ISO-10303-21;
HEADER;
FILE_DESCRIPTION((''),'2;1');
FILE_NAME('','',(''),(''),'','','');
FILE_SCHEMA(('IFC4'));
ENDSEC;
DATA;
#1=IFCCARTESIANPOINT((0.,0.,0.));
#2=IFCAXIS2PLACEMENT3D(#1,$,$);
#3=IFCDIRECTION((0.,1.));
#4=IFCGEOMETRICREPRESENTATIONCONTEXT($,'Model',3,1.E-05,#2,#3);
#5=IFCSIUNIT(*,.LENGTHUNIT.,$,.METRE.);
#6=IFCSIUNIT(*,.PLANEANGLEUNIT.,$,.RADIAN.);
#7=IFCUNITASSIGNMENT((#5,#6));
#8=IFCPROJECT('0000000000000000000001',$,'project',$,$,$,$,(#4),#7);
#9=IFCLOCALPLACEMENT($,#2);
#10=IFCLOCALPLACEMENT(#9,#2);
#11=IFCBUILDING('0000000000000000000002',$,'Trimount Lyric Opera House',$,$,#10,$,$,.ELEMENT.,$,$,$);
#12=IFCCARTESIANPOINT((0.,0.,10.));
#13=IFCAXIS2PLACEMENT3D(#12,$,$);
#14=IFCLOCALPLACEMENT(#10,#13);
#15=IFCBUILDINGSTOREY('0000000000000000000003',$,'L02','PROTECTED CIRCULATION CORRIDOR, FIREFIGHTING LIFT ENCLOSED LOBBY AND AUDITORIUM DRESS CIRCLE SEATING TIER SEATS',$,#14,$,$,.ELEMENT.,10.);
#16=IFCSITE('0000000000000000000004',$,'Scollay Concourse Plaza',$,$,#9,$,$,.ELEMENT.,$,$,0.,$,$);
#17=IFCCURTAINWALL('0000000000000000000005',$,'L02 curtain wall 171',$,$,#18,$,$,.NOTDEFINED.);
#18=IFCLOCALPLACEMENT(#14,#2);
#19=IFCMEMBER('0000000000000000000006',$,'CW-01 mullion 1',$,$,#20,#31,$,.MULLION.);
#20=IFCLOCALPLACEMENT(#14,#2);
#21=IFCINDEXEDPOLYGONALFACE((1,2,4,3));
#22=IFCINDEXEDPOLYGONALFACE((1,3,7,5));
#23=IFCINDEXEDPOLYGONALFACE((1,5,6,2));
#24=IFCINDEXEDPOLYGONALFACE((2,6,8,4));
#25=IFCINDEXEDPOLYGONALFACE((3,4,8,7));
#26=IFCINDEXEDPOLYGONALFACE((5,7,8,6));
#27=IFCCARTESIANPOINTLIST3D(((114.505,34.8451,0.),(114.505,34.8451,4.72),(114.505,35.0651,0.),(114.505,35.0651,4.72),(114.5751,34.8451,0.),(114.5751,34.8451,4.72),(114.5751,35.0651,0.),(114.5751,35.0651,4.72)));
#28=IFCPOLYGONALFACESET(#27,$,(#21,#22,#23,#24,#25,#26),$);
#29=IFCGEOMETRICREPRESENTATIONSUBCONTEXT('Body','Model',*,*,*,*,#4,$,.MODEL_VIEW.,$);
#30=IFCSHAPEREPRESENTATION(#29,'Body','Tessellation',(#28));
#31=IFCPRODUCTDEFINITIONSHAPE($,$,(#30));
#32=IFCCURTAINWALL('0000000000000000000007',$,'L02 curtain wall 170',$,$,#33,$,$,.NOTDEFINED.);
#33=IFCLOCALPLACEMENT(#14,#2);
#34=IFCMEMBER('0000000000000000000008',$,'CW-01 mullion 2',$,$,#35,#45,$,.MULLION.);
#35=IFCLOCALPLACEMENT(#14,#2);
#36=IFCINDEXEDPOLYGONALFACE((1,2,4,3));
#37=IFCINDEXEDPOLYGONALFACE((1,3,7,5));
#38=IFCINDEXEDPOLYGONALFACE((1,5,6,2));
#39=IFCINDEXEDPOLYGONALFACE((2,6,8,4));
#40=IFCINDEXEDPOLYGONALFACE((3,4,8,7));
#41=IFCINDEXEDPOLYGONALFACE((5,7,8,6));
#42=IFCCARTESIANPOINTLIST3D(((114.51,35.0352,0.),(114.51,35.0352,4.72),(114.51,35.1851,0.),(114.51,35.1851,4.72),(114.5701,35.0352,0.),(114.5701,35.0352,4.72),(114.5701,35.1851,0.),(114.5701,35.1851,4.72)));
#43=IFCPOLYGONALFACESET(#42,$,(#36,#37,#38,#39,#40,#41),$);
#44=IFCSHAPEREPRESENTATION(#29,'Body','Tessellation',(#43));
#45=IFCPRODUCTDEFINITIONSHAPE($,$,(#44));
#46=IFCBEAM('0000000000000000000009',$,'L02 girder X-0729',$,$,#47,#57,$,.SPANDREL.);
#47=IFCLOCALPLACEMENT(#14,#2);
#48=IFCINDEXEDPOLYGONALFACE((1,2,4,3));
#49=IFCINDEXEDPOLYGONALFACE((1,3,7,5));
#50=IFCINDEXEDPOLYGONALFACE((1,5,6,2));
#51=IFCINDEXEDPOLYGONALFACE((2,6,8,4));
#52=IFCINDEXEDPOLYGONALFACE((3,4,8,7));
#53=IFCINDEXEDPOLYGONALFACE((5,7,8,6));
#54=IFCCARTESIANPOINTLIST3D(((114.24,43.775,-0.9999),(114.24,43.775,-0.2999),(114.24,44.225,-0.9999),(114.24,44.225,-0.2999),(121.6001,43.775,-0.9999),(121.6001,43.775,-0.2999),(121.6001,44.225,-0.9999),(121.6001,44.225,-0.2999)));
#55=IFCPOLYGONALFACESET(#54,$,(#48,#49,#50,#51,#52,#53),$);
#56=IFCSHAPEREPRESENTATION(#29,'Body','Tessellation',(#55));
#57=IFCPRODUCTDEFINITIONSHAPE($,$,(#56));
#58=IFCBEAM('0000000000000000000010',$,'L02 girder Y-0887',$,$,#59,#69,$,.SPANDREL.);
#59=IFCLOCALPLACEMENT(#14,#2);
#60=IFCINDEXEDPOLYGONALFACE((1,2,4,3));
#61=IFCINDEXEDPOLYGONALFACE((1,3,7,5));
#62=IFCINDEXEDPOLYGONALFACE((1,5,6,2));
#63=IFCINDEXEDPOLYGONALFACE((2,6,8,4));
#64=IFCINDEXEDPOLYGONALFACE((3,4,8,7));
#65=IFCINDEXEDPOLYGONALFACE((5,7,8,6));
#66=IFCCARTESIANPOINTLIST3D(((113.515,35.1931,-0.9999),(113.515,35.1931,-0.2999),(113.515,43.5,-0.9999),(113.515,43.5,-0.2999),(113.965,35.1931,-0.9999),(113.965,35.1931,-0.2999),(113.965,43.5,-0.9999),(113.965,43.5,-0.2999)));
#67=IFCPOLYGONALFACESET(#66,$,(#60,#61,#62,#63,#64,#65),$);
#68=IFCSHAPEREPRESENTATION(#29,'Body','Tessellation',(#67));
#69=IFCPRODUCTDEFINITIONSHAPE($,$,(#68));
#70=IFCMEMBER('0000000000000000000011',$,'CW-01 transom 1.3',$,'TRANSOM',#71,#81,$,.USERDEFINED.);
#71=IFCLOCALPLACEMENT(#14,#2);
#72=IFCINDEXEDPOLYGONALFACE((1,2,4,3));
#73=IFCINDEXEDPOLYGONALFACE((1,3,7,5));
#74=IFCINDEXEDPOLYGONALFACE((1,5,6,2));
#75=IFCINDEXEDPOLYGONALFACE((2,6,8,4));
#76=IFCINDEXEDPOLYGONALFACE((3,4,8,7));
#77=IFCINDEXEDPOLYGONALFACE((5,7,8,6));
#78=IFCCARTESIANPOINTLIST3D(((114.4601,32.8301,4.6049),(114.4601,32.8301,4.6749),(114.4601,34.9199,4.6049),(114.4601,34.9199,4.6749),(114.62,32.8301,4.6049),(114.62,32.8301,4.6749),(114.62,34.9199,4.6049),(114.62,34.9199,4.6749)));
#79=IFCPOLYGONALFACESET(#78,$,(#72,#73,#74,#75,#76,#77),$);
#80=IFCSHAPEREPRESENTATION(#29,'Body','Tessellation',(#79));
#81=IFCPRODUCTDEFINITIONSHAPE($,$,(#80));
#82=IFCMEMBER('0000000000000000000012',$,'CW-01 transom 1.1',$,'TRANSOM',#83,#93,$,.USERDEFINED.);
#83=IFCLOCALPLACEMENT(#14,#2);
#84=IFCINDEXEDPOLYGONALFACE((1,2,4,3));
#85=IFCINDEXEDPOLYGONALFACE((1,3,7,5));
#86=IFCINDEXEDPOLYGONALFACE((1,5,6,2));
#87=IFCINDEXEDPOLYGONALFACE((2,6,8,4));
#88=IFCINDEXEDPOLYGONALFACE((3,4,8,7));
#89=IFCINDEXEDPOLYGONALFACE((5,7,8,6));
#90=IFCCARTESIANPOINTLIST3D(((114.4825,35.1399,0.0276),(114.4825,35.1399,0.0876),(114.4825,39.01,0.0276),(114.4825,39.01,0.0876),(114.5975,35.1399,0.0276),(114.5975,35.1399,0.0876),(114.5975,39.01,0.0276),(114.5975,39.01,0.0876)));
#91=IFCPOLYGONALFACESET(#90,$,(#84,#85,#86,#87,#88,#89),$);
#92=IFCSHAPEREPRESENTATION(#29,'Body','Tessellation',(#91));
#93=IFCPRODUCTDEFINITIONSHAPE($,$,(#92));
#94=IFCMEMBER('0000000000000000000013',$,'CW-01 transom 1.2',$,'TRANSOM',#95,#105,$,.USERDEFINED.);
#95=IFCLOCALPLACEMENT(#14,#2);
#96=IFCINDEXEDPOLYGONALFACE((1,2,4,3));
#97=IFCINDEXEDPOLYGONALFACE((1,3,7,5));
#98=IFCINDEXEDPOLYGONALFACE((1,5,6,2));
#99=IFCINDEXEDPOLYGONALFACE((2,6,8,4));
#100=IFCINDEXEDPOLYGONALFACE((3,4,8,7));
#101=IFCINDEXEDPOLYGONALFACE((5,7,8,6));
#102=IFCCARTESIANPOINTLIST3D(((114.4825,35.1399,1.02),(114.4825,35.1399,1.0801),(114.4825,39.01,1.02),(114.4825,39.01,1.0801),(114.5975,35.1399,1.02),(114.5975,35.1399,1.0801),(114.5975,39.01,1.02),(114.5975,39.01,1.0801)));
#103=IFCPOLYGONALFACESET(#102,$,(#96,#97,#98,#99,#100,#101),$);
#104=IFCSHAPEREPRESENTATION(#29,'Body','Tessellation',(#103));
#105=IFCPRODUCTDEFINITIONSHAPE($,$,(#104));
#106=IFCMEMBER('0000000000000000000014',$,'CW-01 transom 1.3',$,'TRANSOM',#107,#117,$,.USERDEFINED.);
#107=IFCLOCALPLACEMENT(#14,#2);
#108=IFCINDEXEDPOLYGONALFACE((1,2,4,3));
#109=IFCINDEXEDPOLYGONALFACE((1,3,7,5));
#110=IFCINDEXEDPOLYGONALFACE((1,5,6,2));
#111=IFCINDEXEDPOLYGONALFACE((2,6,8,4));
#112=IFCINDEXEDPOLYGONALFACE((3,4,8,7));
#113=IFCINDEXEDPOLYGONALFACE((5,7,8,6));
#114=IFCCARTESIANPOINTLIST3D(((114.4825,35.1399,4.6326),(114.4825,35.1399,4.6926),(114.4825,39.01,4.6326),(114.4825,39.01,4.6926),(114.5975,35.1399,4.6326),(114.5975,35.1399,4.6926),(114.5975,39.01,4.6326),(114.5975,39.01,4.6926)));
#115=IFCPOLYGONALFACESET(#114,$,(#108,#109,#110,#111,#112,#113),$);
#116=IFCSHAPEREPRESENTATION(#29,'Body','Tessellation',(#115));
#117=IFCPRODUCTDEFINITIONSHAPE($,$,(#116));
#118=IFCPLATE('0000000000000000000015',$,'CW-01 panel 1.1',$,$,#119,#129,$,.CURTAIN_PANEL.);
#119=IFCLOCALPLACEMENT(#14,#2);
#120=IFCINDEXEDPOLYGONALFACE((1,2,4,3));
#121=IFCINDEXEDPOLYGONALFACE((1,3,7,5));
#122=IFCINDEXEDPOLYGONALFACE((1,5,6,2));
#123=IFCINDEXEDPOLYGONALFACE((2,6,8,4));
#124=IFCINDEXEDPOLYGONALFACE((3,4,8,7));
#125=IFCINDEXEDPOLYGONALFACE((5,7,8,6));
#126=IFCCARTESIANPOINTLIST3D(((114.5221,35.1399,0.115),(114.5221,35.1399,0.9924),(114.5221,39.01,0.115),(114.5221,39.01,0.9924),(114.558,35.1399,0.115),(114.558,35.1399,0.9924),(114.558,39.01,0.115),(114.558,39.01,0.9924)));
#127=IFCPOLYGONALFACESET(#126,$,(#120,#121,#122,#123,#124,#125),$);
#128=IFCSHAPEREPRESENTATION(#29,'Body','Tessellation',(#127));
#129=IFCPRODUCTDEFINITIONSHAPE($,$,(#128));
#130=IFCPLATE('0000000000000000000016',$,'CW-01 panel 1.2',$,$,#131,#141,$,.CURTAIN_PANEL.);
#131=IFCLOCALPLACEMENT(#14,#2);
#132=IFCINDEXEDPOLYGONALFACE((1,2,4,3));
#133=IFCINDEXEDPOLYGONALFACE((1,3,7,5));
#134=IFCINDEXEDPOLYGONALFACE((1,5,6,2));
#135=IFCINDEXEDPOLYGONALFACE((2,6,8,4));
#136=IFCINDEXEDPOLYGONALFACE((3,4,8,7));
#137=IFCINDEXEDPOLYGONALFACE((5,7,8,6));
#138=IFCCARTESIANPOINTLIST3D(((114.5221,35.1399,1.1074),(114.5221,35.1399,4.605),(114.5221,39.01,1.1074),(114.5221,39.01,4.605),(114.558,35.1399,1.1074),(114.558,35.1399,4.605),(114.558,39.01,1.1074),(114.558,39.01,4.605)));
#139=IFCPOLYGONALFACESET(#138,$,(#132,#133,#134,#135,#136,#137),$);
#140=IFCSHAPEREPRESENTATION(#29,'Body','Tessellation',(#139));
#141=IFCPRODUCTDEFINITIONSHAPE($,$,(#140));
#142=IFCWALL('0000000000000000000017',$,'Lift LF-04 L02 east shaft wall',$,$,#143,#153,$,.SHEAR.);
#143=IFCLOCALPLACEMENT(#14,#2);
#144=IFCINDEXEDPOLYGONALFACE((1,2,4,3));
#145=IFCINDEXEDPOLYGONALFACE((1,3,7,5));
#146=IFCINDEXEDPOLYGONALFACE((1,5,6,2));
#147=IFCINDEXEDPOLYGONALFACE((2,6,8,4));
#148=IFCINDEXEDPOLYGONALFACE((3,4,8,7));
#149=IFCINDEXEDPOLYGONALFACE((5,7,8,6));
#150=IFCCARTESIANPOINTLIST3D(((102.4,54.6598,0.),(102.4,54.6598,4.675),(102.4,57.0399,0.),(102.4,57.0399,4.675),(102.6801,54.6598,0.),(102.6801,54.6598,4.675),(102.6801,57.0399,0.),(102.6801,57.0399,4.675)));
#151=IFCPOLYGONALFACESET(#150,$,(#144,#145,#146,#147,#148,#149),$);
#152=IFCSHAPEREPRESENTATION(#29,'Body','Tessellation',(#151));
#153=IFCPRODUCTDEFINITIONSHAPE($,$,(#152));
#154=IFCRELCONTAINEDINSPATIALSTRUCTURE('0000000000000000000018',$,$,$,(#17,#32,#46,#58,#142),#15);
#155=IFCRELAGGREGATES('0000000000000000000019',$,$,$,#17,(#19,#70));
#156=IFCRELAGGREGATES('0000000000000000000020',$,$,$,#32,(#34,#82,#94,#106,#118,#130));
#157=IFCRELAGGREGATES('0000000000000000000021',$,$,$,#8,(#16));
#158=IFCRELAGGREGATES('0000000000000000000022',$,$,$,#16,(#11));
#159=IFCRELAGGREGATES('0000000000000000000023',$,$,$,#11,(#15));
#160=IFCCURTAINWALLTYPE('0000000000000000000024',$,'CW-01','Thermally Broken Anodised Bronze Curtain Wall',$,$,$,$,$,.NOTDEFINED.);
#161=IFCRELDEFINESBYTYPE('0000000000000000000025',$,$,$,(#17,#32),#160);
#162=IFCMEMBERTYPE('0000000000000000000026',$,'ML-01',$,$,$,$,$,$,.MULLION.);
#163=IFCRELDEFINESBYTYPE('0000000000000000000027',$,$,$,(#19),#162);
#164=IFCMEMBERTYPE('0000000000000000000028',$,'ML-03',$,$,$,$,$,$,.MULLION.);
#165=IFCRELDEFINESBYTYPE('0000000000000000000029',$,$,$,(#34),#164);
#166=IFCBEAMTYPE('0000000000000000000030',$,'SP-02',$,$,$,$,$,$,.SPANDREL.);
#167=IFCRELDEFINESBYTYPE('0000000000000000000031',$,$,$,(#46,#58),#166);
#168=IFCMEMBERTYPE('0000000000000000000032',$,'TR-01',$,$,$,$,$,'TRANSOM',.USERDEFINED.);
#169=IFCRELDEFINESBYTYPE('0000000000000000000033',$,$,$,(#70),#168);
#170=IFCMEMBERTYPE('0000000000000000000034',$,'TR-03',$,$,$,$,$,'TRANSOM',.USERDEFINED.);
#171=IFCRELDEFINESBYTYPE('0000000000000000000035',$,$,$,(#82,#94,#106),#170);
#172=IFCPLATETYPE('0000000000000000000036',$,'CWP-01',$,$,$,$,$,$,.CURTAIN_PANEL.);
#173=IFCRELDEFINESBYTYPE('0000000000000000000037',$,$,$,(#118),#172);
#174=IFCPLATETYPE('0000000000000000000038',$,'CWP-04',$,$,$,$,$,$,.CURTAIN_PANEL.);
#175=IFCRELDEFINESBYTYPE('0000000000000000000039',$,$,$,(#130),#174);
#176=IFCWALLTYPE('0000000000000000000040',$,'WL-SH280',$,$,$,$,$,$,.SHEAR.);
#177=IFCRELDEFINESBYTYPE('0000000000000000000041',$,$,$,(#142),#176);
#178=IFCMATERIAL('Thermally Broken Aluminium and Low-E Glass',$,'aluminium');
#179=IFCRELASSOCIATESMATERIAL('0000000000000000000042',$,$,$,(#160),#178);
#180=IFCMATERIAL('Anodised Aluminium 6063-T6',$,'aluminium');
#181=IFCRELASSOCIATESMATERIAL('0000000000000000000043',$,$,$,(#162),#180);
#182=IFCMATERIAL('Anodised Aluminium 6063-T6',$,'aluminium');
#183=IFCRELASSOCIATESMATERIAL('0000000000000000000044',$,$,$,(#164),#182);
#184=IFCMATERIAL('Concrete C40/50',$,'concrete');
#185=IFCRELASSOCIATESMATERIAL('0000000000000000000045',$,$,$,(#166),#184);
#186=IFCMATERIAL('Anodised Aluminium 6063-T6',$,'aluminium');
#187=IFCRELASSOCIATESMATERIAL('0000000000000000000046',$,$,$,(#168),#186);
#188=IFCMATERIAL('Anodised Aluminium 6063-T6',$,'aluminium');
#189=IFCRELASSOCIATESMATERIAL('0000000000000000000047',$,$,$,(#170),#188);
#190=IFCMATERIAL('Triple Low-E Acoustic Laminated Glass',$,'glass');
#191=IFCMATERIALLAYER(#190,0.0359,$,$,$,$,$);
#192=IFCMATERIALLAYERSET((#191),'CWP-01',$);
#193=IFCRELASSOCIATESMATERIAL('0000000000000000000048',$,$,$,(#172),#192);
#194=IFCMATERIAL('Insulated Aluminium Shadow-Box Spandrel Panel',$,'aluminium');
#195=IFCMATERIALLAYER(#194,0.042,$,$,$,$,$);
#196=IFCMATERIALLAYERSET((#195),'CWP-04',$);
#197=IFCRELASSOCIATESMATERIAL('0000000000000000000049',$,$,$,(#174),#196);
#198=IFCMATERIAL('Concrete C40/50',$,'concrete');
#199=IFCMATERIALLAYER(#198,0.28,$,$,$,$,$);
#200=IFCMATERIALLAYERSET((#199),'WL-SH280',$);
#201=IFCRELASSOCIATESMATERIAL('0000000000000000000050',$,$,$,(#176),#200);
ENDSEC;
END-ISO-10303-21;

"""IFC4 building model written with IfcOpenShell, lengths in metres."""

from ifc_helpers import new_model, si_unit, direction, frame, frame_2d, origin, origin_2d, place, context, subcontext, project, spatial, rectangle, extrude, material, layer, layer_set, material_profile, profile_set, type_object, element, aggregate, save


model = new_model("IFC4")

# Units and contexts
model_context = context("Model", 3, precision=1e-05, world=origin(), true_north=direction((0.0, 1.0)))
body_context = subcontext(model_context, "Body", "Model", "MODEL_VIEW")
ifc_project = project(units=[si_unit("LENGTHUNIT", "METRE"), si_unit("PLANEANGLEUNIT", "RADIAN")], contexts=[model_context])

# Site, building, storey
site_placement = place(None, origin())
site = spatial("IfcSite", under=ifc_project, at=site_placement, Name="Scollay Concourse Plaza", CompositionType="ELEMENT", RefElevation=0.0)
building_placement = place(site_placement, origin())
building = spatial("IfcBuilding", under=site, at=building_placement, Name="Trimount Lyric Opera House", CompositionType="ELEMENT")
storey_placement = place(building_placement, frame((0.0, 0.0, 10.0)))
storey = spatial("IfcBuildingStorey", under=building, at=storey_placement, Name="L02", Description="PROTECTED CIRCULATION CORRIDOR, FIREFIGHTING LIFT ENCLOSED LOBBY AND AUDITORIUM DRESS CIRCLE SEATING TIER SEATS", CompositionType="ELEMENT", Elevation=10.0)

# Curtain walls, members
ifc_material_1 = material(Name="Thermally Broken Aluminium and Low-E Glass", Category="aluminium")
curtain_wall_type = type_object("IfcCurtainWallType", Name="CW-01", Description="Thermally Broken Anodised Bronze Curtain Wall", PredefinedType="NOTDEFINED", material=ifc_material_1)
curtain_wall_1_placement = place(storey_placement, origin())
curtain_wall_1 = element("IfcCurtainWall", 1, at=curtain_wall_1_placement, inside=storey, type_object=curtain_wall_type, Name="L02 curtain wall 171", PredefinedType="NOTDEFINED")
ifc_material_2 = material(Name="Anodised Aluminium 6063-T6", Category="aluminium")
ifc_material_profile_1 = material_profile(ifc_material_2, rectangle(XDim=0.0701, YDim=0.22, at=origin_2d()), Name="ALU-MULL-70X220")
ifc_profile_set_1 = profile_set([ifc_material_profile_1], Name="Anodised Aluminium 6063-T6")
member_type_1 = type_object("IfcMemberType", Name="ML-01", PredefinedType="MULLION", material=ifc_profile_set_1)
member_1_placement = place(storey_placement, frame((114.54, 34.9551, 0.0), z_axis=(0.0, 0.0, 1.0), x_axis=(1.0, 0.0, 0.0)))
member_1 = element("IfcMember", 2, at=member_1_placement, type_object=member_type_1, Name="CW-01 mullion 1", PredefinedType="MULLION", context=body_context, shape_type="SweptSolid", body=[
    extrude(rectangle(XDim=0.0701, YDim=0.22, at=origin_2d()), origin(), (0.0, 0.0, 1.0), 4.72),
])
curtain_wall_2_placement = place(storey_placement, origin())
curtain_wall_2 = element("IfcCurtainWall", 3, at=curtain_wall_2_placement, inside=storey, type_object=curtain_wall_type, Name="L02 curtain wall 170", PredefinedType="NOTDEFINED")
ifc_material_3 = material(Name="Anodised Aluminium 6063-T6", Category="aluminium")
ifc_material_profile_2 = material_profile(ifc_material_3, rectangle(XDim=0.0601, YDim=0.1499, at=origin_2d()), Name="ALU-MULL-60X150")
ifc_profile_set_2 = profile_set([ifc_material_profile_2], Name="Anodised Aluminium 6063-T6")
member_type_2 = type_object("IfcMemberType", Name="ML-03", PredefinedType="MULLION", material=ifc_profile_set_2)
member_2_placement = place(storey_placement, frame((114.54, 35.1101, 0.0), z_axis=(0.0, 0.0, 1.0), x_axis=(1.0, 0.0, 0.0)))
member_2 = element("IfcMember", 4, at=member_2_placement, type_object=member_type_2, Name="CW-01 mullion 2", PredefinedType="MULLION", context=body_context, shape_type="SweptSolid", body=[
    extrude(rectangle(XDim=0.0601, YDim=0.1499, at=origin_2d()), origin(), (0.0, 0.0, 1.0), 4.72),
])

# Beams
ifc_material_4 = material(Name="Concrete C40/50", Category="concrete")
ifc_material_profile_3 = material_profile(ifc_material_4, rectangle(XDim=0.45, YDim=0.7, at=origin_2d()), Name="RC450X700")
ifc_profile_set_3 = profile_set([ifc_material_profile_3], Name="Concrete C40/50")
beam_type_1 = type_object("IfcBeamType", Name="SP-02", PredefinedType="SPANDREL", material=ifc_profile_set_3)
beam_1_placement = place(storey_placement, frame((114.24, 44.0, -0.6499), z_axis=(1.0, 0.0, 0.0), x_axis=(0.0, 1.0, 0.0)))
element("IfcBeam", 5, at=beam_1_placement, inside=storey, type_object=beam_type_1, Name="L02 girder X-0729", PredefinedType="SPANDREL", context=body_context, shape_type="SweptSolid", body=[
    extrude(rectangle(XDim=0.45, YDim=0.7, at=origin_2d()), origin(), (0.0, 0.0, 1.0), 7.3601),
])
beam_2_placement = place(storey_placement, frame((113.74, 35.1931, -0.6499), z_axis=(0.0, 1.0, 0.0), x_axis=(-1.0, 0.0, 0.0)))
element("IfcBeam", 6, at=beam_2_placement, inside=storey, type_object=beam_type_1, Name="L02 girder Y-0887", PredefinedType="SPANDREL", context=body_context, shape_type="SweptSolid", body=[
    extrude(rectangle(XDim=0.45, YDim=0.7, at=origin_2d()), origin(), (0.0, 0.0, 1.0), 8.3069),
])

# Members
ifc_material_5 = material(Name="Anodised Aluminium 6063-T6", Category="aluminium")
ifc_material_profile_4 = material_profile(ifc_material_5, rectangle(XDim=0.1599, YDim=0.0701, at=origin_2d()), Name="ALU-TRAN-70X160")
ifc_profile_set_4 = profile_set([ifc_material_profile_4], Name="Anodised Aluminium 6063-T6")
member_type_3 = type_object("IfcMemberType", Name="TR-01", ElementType="TRANSOM", PredefinedType="USERDEFINED", material=ifc_profile_set_4)
member_3_placement = place(storey_placement, frame((114.54, 34.9199, 4.6399), z_axis=(0.0, -1.0, 0.0), x_axis=(1.0, 0.0, 0.0)))
member_3 = element("IfcMember", 7, at=member_3_placement, type_object=member_type_3, Name="CW-01 transom 1.3", ObjectType="TRANSOM", PredefinedType="USERDEFINED", context=body_context, shape_type="SweptSolid", body=[
    extrude(rectangle(XDim=0.1599, YDim=0.0701, at=origin_2d()), origin(), (0.0, 0.0, 1.0), 2.0898),
])
aggregate(curtain_wall_1, [member_1, member_3])
ifc_material_6 = material(Name="Anodised Aluminium 6063-T6", Category="aluminium")
ifc_material_profile_5 = material_profile(ifc_material_6, rectangle(XDim=0.115, YDim=0.0601, at=origin_2d()), Name="ALU-TRAN-60X115")
ifc_profile_set_5 = profile_set([ifc_material_profile_5], Name="Anodised Aluminium 6063-T6")
member_type_4 = type_object("IfcMemberType", Name="TR-03", ElementType="TRANSOM", PredefinedType="USERDEFINED", material=ifc_profile_set_5)
member_4_placement = place(storey_placement, frame((114.54, 39.01, 0.0576), z_axis=(0.0, -1.0, 0.0), x_axis=(1.0, 0.0, 0.0)))
member_4 = element("IfcMember", 8, at=member_4_placement, type_object=member_type_4, Name="CW-01 transom 1.1", ObjectType="TRANSOM", PredefinedType="USERDEFINED", context=body_context, shape_type="SweptSolid", body=[
    extrude(rectangle(XDim=0.115, YDim=0.0601, at=origin_2d()), origin(), (0.0, 0.0, 1.0), 3.8701),
])
member_5_placement = place(storey_placement, frame((114.54, 39.01, 1.05), z_axis=(0.0, -1.0, 0.0), x_axis=(1.0, 0.0, 0.0)))
member_5 = element("IfcMember", 9, at=member_5_placement, type_object=member_type_4, Name="CW-01 transom 1.2", ObjectType="TRANSOM", PredefinedType="USERDEFINED", context=body_context, shape_type="SweptSolid", body=[
    extrude(rectangle(XDim=0.115, YDim=0.0601, at=origin_2d()), origin(), (0.0, 0.0, 1.0), 3.8701),
])
member_6_placement = place(storey_placement, frame((114.54, 39.01, 4.6626), z_axis=(0.0, -1.0, 0.0), x_axis=(1.0, 0.0, 0.0)))
member_6 = element("IfcMember", 10, at=member_6_placement, type_object=member_type_4, Name="CW-01 transom 1.3", ObjectType="TRANSOM", PredefinedType="USERDEFINED", context=body_context, shape_type="SweptSolid", body=[
    extrude(rectangle(XDim=0.115, YDim=0.0601, at=origin_2d()), origin(), (0.0, 0.0, 1.0), 3.8701),
])

# Plates
ifc_material_7 = material(Name="Triple Low-E Acoustic Laminated Glass", Category="glass")
ifc_layer_1 = layer(ifc_material_7, 0.0359)
ifc_layer_set_1 = layer_set([ifc_layer_1], Name="CWP-01")
plate_type_1 = type_object("IfcPlateType", Name="CWP-01", PredefinedType="CURTAIN_PANEL", material=ifc_layer_set_1)
plate_1_placement = place(storey_placement, frame((114.54, 37.075, 0.115), z_axis=(0.0, 0.0, 1.0), x_axis=(0.0, -1.0, 0.0)))
plate_1 = element("IfcPlate", 11, at=plate_1_placement, type_object=plate_type_1, Name="CW-01 panel 1.1", PredefinedType="CURTAIN_PANEL", context=body_context, shape_type="SweptSolid", body=[
    extrude(rectangle(XDim=3.8701, YDim=0.0359, at=origin_2d()), origin(), (0.0, 0.0, 1.0), 0.8774),
])
ifc_material_8 = material(Name="Insulated Aluminium Shadow-Box Spandrel Panel", Category="aluminium")
ifc_layer_2 = layer(ifc_material_8, 0.042)
ifc_layer_set_2 = layer_set([ifc_layer_2], Name="CWP-04")
plate_type_2 = type_object("IfcPlateType", Name="CWP-04", PredefinedType="CURTAIN_PANEL", material=ifc_layer_set_2)
plate_2_placement = place(storey_placement, frame((114.54, 37.075, 1.1074), z_axis=(0.0, 0.0, 1.0), x_axis=(0.0, -1.0, 0.0)))
plate_2 = element("IfcPlate", 12, at=plate_2_placement, type_object=plate_type_2, Name="CW-01 panel 1.2", PredefinedType="CURTAIN_PANEL", context=body_context, shape_type="SweptSolid", body=[
    extrude(rectangle(XDim=3.8701, YDim=0.0359, at=origin_2d()), origin(), (0.0, 0.0, 1.0), 3.4976),
])
aggregate(curtain_wall_2, [member_2, member_4, member_5, member_6, plate_1, plate_2])

# Wall
ifc_material_9 = material(Name="Concrete C40/50", Category="concrete")
ifc_layer_3 = layer(ifc_material_9, 0.28)
ifc_layer_set_3 = layer_set([ifc_layer_3], Name="WL-SH280")
wall_type = type_object("IfcWallType", Name="WL-SH280", PredefinedType="SHEAR", material=ifc_layer_set_3)
wall_placement = place(storey_placement, frame((102.54, 54.6599, 0.0), z_axis=(0.0, 0.0, 1.0), x_axis=(0.0, 1.0, 0.0)))
element("IfcWall", 13, at=wall_placement, inside=storey, type_object=wall_type, Name="Lift LF-04 L02 east shaft wall", PredefinedType="SHEAR", context=body_context, shape_type="SweptSolid", body=[
    extrude(rectangle(XDim=2.3801, YDim=0.28, at=frame_2d((1.1899, 0.0))), origin(), (0.0, 0.0, 1.0), 4.675),
])

save(model, "model.ifc")
